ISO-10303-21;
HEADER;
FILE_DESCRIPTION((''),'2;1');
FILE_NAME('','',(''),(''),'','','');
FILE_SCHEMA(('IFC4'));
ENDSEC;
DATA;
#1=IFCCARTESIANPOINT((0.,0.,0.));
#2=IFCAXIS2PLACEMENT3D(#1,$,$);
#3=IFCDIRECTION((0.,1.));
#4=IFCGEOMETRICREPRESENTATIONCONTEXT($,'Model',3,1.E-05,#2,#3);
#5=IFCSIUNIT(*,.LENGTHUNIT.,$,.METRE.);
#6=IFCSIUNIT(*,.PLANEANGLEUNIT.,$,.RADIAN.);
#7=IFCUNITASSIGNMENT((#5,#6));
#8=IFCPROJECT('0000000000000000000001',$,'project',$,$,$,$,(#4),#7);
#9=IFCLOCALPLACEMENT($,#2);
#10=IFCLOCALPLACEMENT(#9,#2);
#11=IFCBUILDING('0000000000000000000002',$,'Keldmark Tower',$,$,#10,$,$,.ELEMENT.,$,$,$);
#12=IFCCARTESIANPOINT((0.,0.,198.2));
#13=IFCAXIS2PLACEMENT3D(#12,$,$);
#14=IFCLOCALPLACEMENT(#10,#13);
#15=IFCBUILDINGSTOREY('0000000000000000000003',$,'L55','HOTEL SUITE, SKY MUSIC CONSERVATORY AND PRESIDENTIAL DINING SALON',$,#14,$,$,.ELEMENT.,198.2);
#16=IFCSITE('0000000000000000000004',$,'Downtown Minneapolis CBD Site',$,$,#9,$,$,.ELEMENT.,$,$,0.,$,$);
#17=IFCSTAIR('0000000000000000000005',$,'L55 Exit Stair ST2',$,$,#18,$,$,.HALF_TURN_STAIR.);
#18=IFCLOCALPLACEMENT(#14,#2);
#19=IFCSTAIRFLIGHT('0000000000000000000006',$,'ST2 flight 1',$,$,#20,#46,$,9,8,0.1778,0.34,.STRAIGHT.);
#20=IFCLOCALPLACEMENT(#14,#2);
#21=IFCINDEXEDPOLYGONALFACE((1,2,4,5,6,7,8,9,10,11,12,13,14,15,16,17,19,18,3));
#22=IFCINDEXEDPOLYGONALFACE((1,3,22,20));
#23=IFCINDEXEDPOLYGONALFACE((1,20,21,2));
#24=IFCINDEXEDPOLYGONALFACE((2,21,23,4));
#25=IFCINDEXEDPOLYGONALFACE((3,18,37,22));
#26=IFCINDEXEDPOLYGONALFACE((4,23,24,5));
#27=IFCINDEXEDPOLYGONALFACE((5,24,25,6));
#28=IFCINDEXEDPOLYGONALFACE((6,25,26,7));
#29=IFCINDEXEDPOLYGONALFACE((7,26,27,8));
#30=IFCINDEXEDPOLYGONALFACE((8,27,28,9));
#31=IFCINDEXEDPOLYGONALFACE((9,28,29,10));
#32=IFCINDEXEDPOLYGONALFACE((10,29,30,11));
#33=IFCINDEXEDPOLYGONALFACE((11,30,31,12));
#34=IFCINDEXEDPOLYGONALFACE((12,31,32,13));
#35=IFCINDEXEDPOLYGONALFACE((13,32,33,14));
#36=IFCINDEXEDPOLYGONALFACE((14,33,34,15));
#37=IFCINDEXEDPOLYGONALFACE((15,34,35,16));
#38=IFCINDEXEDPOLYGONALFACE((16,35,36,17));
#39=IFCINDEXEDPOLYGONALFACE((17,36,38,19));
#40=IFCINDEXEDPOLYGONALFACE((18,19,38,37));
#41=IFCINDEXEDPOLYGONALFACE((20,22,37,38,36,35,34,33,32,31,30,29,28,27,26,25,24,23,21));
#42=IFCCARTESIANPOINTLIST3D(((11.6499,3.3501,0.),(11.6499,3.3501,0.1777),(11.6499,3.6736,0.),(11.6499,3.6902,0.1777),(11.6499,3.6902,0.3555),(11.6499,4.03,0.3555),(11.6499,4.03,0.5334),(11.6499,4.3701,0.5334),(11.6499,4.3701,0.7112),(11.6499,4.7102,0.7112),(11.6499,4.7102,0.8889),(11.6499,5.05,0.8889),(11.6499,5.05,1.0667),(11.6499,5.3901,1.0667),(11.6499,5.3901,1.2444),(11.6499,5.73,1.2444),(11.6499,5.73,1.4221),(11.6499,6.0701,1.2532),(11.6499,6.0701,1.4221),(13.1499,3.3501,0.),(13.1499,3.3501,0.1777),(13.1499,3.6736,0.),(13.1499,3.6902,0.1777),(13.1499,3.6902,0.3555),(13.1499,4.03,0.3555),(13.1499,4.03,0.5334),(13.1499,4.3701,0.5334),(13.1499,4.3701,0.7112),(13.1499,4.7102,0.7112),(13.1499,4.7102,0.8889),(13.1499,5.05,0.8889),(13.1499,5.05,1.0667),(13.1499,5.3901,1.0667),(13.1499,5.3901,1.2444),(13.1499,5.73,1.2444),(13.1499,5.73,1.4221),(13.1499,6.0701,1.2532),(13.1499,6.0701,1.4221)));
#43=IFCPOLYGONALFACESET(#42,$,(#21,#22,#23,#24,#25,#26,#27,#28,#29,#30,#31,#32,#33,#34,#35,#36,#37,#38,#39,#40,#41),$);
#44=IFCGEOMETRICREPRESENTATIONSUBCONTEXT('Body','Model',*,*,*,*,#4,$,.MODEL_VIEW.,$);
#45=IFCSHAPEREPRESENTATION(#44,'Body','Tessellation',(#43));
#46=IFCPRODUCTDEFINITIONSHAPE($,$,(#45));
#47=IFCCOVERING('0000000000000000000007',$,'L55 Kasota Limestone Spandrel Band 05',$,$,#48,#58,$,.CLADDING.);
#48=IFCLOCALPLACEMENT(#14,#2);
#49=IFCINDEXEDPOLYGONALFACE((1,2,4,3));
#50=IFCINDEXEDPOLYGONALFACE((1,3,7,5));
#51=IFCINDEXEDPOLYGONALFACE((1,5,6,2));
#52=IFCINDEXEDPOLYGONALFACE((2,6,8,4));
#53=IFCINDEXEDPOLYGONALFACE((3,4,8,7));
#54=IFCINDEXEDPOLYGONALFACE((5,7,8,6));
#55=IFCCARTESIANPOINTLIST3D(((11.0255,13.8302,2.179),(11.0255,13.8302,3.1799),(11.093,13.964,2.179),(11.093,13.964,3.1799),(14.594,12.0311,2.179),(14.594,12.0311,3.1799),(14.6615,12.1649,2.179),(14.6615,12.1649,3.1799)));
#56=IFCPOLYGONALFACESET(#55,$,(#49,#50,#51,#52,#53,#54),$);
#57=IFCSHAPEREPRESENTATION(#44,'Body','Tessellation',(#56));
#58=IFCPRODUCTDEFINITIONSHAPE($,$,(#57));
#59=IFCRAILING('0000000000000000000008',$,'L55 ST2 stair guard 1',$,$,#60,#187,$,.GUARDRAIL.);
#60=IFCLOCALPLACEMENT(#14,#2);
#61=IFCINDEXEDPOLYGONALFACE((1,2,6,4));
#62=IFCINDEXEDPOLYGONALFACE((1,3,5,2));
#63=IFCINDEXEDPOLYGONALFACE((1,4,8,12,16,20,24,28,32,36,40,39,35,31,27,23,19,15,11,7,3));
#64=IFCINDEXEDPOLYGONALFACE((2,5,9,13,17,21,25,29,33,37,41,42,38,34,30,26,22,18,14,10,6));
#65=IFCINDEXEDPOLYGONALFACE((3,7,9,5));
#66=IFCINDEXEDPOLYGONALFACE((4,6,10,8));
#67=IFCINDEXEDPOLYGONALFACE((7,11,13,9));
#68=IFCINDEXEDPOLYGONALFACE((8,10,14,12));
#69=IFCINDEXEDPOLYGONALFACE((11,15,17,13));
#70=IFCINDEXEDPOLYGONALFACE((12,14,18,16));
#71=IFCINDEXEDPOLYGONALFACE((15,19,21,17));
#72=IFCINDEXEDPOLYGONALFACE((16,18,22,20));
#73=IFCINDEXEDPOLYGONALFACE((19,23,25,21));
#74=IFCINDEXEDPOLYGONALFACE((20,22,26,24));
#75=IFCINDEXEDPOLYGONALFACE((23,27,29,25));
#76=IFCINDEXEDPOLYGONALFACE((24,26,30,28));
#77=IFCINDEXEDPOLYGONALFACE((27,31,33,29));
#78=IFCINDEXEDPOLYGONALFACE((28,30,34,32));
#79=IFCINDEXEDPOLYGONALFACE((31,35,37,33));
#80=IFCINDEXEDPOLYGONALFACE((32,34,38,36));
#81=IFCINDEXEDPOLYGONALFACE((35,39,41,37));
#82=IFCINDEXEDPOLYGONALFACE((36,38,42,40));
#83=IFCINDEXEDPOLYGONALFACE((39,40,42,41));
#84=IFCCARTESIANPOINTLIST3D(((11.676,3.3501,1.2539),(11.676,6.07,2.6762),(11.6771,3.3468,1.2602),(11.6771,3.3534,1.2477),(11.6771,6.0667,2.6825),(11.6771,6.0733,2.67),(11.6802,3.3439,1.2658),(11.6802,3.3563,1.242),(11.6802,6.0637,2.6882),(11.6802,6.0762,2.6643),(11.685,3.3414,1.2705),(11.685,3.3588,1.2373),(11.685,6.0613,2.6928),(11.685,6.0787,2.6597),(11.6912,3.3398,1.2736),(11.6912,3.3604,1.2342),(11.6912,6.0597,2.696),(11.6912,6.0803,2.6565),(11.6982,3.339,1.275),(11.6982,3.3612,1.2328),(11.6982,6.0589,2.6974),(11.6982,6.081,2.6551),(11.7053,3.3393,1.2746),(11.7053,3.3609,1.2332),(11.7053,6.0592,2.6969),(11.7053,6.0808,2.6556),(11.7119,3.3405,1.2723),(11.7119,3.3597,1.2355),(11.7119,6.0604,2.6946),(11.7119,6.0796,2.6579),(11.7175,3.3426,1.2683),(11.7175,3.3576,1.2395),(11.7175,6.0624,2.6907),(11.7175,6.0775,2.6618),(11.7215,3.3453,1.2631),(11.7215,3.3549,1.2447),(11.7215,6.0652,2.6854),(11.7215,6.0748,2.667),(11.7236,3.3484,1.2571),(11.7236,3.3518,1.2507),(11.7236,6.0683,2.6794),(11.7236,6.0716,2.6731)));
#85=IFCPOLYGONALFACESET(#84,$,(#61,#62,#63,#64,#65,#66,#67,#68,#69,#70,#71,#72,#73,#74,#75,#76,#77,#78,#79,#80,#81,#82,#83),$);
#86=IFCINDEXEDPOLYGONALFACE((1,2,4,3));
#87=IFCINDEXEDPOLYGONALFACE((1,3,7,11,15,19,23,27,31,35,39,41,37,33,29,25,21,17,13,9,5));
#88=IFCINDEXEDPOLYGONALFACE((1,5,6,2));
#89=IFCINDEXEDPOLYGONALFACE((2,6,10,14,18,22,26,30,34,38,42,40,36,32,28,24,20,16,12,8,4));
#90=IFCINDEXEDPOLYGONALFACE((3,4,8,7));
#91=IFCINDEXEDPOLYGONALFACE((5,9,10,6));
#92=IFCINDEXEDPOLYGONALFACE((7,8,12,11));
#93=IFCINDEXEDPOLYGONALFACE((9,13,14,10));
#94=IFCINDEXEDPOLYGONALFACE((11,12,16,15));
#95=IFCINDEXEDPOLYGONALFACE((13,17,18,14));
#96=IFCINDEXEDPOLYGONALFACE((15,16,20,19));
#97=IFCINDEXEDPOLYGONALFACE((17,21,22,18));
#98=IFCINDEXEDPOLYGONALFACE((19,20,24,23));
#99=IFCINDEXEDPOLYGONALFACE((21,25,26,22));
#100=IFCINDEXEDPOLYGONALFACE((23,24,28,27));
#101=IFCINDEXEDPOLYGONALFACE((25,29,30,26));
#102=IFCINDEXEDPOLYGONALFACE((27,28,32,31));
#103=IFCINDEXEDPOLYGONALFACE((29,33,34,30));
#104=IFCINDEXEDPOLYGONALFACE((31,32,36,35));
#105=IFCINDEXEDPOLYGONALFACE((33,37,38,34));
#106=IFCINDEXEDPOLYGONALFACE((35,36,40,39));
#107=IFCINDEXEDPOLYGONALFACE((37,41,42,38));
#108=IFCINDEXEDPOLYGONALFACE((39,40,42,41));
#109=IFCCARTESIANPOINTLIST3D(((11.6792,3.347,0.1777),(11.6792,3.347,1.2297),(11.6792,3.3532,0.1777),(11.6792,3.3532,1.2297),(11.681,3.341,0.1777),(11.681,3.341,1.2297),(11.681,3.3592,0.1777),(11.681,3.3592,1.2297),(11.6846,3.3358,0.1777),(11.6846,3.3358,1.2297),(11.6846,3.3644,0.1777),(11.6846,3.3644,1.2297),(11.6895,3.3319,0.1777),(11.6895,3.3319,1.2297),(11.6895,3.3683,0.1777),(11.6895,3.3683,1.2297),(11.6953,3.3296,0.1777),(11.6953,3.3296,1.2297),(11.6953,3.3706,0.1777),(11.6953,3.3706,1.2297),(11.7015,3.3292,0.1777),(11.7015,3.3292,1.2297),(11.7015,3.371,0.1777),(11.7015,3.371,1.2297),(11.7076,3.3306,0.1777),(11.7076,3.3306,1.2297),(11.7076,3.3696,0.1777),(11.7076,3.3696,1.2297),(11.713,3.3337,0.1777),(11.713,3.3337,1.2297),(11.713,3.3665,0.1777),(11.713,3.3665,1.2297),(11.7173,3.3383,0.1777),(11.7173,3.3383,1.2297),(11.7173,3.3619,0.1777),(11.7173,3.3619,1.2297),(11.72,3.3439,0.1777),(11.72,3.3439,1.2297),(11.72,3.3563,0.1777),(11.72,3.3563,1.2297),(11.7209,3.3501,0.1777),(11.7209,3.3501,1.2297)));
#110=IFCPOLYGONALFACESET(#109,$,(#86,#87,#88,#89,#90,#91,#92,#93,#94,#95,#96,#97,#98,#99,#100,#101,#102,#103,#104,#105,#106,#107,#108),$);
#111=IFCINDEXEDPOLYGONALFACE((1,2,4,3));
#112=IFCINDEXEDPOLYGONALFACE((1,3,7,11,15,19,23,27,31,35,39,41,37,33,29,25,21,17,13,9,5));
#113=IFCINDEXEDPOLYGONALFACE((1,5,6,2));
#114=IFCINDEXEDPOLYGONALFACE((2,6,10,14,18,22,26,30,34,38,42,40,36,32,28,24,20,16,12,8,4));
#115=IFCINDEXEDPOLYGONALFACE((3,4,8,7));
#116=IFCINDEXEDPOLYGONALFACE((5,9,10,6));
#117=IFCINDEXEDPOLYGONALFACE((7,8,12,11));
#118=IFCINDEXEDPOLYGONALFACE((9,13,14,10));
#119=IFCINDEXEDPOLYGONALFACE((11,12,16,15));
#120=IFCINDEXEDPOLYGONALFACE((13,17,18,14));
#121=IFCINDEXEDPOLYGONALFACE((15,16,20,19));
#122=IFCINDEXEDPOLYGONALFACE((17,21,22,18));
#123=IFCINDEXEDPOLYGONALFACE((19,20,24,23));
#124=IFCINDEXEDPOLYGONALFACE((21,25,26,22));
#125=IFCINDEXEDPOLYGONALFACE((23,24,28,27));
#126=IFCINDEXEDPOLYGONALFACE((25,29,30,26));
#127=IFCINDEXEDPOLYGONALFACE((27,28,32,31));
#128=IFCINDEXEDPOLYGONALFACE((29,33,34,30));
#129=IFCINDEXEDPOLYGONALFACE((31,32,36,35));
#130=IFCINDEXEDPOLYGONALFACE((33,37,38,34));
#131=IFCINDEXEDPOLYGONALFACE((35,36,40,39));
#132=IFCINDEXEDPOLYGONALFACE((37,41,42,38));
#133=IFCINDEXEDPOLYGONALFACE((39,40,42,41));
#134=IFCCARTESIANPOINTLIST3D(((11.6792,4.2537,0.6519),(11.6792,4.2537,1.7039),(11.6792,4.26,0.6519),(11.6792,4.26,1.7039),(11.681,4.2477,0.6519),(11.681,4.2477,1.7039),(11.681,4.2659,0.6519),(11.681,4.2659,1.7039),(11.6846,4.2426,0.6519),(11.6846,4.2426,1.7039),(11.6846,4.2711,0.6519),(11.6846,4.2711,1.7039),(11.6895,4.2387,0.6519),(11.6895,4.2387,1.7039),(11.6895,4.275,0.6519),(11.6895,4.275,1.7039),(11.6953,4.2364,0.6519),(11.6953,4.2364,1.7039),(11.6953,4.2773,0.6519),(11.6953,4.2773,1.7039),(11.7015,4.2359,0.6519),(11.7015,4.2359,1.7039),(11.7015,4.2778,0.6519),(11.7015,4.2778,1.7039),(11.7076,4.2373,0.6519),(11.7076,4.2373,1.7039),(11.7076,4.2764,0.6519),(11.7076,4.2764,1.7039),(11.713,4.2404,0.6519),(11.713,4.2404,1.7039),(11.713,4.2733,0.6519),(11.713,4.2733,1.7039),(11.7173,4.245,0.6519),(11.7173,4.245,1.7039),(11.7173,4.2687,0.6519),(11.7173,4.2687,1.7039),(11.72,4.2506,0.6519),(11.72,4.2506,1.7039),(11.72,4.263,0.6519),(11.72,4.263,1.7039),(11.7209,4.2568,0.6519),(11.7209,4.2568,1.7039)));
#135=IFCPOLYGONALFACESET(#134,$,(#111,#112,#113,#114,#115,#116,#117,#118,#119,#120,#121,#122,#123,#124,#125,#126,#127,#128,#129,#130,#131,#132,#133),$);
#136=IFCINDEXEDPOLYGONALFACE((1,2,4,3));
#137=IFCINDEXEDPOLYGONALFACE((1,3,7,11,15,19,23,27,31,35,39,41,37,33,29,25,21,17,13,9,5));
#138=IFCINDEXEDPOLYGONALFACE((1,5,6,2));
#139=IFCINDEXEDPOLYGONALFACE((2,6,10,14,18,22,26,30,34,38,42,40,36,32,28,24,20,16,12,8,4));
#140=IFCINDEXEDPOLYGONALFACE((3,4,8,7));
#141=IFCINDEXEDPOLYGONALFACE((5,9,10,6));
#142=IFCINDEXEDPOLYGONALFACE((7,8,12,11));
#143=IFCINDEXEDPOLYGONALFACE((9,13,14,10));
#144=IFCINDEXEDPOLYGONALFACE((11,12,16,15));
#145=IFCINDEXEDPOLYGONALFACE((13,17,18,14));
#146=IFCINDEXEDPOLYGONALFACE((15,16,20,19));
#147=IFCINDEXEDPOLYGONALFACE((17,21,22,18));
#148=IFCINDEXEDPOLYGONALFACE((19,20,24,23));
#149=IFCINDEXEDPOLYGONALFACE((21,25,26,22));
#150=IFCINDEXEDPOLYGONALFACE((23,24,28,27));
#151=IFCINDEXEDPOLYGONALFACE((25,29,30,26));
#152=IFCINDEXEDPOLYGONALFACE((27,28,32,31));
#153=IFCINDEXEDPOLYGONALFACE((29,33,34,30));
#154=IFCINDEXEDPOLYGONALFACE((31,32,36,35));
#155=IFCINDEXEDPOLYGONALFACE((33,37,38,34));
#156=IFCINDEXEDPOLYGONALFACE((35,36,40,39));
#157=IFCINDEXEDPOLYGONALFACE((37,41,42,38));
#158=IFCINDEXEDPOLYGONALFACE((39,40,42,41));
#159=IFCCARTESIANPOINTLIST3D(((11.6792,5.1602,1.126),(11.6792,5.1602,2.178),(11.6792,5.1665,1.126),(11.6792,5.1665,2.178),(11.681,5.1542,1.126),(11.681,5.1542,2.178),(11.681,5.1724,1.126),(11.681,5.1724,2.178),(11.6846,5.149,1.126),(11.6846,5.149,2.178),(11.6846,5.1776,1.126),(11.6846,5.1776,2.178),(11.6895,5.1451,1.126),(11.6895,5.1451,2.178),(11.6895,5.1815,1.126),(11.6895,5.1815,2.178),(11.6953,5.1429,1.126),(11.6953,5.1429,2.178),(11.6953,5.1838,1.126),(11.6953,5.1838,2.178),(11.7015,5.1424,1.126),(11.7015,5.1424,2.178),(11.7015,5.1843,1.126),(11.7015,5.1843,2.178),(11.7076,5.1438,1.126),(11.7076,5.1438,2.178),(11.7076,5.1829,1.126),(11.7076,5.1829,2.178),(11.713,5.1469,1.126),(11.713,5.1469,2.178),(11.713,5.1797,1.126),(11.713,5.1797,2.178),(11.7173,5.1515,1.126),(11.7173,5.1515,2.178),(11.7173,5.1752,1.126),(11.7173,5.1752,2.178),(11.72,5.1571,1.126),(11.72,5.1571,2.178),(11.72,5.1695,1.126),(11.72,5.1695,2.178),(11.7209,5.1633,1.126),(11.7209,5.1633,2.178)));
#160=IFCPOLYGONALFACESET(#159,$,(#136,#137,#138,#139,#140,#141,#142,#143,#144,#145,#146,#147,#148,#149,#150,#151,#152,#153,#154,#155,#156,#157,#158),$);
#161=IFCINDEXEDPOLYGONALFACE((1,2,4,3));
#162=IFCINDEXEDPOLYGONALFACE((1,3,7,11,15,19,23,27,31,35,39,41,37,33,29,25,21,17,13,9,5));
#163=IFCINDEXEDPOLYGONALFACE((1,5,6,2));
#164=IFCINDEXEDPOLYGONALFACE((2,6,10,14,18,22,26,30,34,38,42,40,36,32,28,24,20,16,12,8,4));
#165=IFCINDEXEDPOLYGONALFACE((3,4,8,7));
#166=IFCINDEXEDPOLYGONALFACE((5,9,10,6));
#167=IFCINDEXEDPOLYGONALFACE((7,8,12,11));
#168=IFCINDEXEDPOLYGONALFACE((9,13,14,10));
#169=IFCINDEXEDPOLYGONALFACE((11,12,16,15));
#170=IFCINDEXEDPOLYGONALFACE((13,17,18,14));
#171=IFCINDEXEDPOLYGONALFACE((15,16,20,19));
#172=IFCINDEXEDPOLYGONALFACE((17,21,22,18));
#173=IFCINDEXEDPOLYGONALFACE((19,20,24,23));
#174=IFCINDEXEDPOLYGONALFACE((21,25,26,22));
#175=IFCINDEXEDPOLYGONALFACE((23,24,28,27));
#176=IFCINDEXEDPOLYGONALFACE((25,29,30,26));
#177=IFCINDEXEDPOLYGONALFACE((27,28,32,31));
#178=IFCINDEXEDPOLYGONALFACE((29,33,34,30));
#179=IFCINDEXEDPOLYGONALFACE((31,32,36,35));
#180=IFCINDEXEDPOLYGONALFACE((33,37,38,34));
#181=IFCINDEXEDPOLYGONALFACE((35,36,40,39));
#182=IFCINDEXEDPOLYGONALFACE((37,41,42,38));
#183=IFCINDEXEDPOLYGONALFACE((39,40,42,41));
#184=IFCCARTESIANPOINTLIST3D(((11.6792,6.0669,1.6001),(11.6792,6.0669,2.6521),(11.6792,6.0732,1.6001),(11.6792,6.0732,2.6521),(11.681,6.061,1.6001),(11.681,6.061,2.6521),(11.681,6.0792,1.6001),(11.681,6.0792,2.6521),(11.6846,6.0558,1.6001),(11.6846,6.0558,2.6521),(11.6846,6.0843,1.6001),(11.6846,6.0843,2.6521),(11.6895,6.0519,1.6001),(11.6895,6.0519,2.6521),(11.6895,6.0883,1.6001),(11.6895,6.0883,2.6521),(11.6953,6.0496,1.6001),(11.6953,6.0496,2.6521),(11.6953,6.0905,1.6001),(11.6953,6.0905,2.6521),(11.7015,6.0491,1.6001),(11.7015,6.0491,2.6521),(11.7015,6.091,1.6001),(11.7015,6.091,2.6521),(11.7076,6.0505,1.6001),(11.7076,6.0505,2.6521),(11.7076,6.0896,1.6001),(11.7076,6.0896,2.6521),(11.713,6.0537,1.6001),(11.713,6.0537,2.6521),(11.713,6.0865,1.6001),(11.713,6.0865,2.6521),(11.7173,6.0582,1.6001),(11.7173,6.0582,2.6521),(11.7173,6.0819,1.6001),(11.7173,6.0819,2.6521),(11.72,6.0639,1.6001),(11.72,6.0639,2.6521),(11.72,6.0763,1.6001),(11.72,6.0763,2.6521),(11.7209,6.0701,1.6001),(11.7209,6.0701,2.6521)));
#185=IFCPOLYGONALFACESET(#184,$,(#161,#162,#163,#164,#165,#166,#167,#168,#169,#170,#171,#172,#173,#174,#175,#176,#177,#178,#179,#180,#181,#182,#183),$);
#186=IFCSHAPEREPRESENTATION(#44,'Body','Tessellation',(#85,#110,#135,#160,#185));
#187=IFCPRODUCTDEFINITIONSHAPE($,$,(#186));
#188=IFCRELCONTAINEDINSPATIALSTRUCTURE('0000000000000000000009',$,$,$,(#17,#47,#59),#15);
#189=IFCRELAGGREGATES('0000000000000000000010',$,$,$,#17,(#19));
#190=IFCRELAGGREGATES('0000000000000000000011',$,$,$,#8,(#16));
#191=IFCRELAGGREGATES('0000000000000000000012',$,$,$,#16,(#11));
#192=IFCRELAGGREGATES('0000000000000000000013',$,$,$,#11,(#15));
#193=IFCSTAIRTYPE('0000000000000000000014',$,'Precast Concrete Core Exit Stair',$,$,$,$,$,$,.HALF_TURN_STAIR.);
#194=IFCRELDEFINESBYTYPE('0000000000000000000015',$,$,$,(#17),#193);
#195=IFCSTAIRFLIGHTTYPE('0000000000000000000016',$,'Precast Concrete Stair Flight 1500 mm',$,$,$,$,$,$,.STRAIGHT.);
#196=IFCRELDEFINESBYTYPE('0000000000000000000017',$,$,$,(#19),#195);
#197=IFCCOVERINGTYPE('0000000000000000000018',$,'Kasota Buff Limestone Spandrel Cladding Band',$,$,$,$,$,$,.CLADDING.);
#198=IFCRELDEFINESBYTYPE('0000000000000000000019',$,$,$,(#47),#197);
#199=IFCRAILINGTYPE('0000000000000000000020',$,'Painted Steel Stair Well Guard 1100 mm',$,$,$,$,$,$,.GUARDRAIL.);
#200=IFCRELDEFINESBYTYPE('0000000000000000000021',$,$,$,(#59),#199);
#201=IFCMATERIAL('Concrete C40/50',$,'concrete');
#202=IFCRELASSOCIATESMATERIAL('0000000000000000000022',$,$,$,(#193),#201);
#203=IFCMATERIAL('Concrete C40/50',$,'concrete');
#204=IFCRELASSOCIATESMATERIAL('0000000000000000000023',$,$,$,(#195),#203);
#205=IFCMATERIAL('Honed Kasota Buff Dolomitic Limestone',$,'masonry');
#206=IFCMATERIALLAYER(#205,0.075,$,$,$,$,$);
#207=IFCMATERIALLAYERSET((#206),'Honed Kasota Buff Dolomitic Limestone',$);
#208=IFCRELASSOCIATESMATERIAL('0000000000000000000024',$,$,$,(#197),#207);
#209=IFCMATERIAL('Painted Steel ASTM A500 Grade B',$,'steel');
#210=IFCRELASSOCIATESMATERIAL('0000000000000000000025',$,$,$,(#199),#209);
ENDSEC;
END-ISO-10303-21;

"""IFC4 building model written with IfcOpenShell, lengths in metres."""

from ifc_helpers import new_model, si_unit, direction, frame, origin, origin_2d, place, context, subcontext, project, spatial, polyline, rectangle, circle, outline, extrude, material, layer, layer_set, type_object, element, aggregate, save


model = new_model("IFC4")

# Units and contexts
model_context = context("Model", 3, precision=1e-05, world=origin(), true_north=direction((0.0, 1.0)))
body_context = subcontext(model_context, "Body", "Model", "MODEL_VIEW")
ifc_project = project(units=[si_unit("LENGTHUNIT", "METRE"), si_unit("PLANEANGLEUNIT", "RADIAN")], contexts=[model_context])

# Site, building, storey
site_placement = place(None, origin())
site = spatial("IfcSite", under=ifc_project, at=site_placement, Name="Downtown Minneapolis CBD Site", CompositionType="ELEMENT", RefElevation=0.0)
building_placement = place(site_placement, origin())
building = spatial("IfcBuilding", under=site, at=building_placement, Name="Keldmark Tower", CompositionType="ELEMENT")
storey_placement = place(building_placement, frame((0.0, 0.0, 198.2)))
storey = spatial("IfcBuildingStorey", under=building, at=storey_placement, Name="L55", Description="HOTEL SUITE, SKY MUSIC CONSERVATORY AND PRESIDENTIAL DINING SALON", CompositionType="ELEMENT", Elevation=198.2)

# Stair, stair flight
ifc_material_1 = material(Name="Concrete C40/50", Category="concrete")
stair_type = type_object("IfcStairType", Name="Precast Concrete Core Exit Stair", PredefinedType="HALF_TURN_STAIR", material=ifc_material_1)
stair_placement = place(storey_placement, origin())
stair = element("IfcStair", 1, at=stair_placement, inside=storey, type_object=stair_type, Name="L55 Exit Stair ST2", PredefinedType="HALF_TURN_STAIR")
ifc_material_2 = material(Name="Concrete C40/50", Category="concrete")
stair_flight_type = type_object("IfcStairFlightType", Name="Precast Concrete Stair Flight 1500 mm", PredefinedType="STRAIGHT", material=ifc_material_2)
stair_flight_placement = place(storey_placement, frame((12.3999, 3.3501, 0.0), z_axis=(0.0, 0.0, 1.0), x_axis=(0.0, 1.0, 0.0)))
stair_flight = element("IfcStairFlight", 2, at=stair_flight_placement, type_object=stair_flight_type, Name="ST2 flight 1", NumberOfRisers=9, NumberOfTreads=8, PredefinedType="STRAIGHT", RiserHeight=0.1778, TreadLength=0.34, context=body_context, shape_type="SweptSolid", body=[
    extrude(outline(polyline([(0.0, 0.0), (0.0, 0.1777), (0.3401, 0.1777), (0.3401, 0.3555), (0.6799, 0.3555), (0.6799, 0.5334), (1.02, 0.5334), (1.02, 0.7112), (1.3601, 0.7112), (1.3601, 0.8889), (1.7, 0.8889), (1.7, 1.0667), (2.04, 1.0667), (2.04, 1.2444), (2.3799, 1.2444), (2.3799, 1.4221), (2.72, 1.4221), (2.72, 1.6001), (2.72, 1.2532), (0.3235, 0.0), (0.0, 0.0)])), frame((0.0, 0.75, 0.0), z_axis=(0.0, -1.0, 0.0), x_axis=(1.0, 0.0, 0.0)), (0.0, 0.0, 1.0), 1.5),
])
aggregate(stair, [stair_flight])

# Covering
ifc_material_3 = material(Name="Honed Kasota Buff Dolomitic Limestone", Category="masonry")
ifc_layer_1 = layer(ifc_material_3, 0.075)
ifc_layer_set_1 = layer_set([ifc_layer_1], Name="Honed Kasota Buff Dolomitic Limestone")
covering_type = type_object("IfcCoveringType", Name="Kasota Buff Limestone Spandrel Cladding Band", PredefinedType="CLADDING", material=ifc_layer_set_1)
covering_placement = place(storey_placement, frame((12.8435, 12.9976, 2.179), z_axis=(0.0, 0.0, 1.0), x_axis=(-0.892932, 0.450192, 0.0)))
element("IfcCovering", 3, at=covering_placement, inside=storey, type_object=covering_type, Name="L55 Kasota Limestone Spandrel Band 05", PredefinedType="CLADDING", context=body_context, shape_type="SweptSolid", body=[
    extrude(rectangle(XDim=3.9963, YDim=0.1499, at=origin_2d()), origin(), (0.0, 0.0, 1.0), 1.001),
])

# Railing
ifc_material_4 = material(Name="Painted Steel ASTM A500 Grade B", Category="steel")
railing_type_1 = type_object("IfcRailingType", Name="Painted Steel Stair Well Guard 1100 mm", PredefinedType="GUARDRAIL", material=ifc_material_4)
railing_1_placement = place(storey_placement, frame((11.7, 3.3501, 0.1777)))
element("IfcRailing", 4, at=railing_1_placement, inside=storey, type_object=railing_type_1, Name="L55 ST2 stair guard 1", PredefinedType="GUARDRAIL", context=body_context, shape_type="SweptSolid", body=[
    extrude(circle(Radius=0.0239, at=origin_2d()), frame((0.0, 0.0, 1.0762), z_axis=(0.0, 0.88615, 0.463398), x_axis=(-1.0, 0.0, 0.0)), (0.0, 0.0, 1.0), 3.0693),
    extrude(circle(Radius=0.021, at=origin_2d()), origin(), (0.0, 0.0, 1.0), 1.052),
    extrude(circle(Radius=0.021, at=origin_2d()), frame((0.0, 0.9067, 0.4741)), (0.0, 0.0, 1.0), 1.052),
    extrude(circle(Radius=0.021, at=origin_2d()), frame((0.0, 1.8132, 0.9482)), (0.0, 0.0, 1.0), 1.052),
    extrude(circle(Radius=0.021, at=origin_2d()), frame((0.0, 2.72, 1.4224)), (0.0, 0.0, 1.0), 1.052),
])

save(model, "model.ifc")
